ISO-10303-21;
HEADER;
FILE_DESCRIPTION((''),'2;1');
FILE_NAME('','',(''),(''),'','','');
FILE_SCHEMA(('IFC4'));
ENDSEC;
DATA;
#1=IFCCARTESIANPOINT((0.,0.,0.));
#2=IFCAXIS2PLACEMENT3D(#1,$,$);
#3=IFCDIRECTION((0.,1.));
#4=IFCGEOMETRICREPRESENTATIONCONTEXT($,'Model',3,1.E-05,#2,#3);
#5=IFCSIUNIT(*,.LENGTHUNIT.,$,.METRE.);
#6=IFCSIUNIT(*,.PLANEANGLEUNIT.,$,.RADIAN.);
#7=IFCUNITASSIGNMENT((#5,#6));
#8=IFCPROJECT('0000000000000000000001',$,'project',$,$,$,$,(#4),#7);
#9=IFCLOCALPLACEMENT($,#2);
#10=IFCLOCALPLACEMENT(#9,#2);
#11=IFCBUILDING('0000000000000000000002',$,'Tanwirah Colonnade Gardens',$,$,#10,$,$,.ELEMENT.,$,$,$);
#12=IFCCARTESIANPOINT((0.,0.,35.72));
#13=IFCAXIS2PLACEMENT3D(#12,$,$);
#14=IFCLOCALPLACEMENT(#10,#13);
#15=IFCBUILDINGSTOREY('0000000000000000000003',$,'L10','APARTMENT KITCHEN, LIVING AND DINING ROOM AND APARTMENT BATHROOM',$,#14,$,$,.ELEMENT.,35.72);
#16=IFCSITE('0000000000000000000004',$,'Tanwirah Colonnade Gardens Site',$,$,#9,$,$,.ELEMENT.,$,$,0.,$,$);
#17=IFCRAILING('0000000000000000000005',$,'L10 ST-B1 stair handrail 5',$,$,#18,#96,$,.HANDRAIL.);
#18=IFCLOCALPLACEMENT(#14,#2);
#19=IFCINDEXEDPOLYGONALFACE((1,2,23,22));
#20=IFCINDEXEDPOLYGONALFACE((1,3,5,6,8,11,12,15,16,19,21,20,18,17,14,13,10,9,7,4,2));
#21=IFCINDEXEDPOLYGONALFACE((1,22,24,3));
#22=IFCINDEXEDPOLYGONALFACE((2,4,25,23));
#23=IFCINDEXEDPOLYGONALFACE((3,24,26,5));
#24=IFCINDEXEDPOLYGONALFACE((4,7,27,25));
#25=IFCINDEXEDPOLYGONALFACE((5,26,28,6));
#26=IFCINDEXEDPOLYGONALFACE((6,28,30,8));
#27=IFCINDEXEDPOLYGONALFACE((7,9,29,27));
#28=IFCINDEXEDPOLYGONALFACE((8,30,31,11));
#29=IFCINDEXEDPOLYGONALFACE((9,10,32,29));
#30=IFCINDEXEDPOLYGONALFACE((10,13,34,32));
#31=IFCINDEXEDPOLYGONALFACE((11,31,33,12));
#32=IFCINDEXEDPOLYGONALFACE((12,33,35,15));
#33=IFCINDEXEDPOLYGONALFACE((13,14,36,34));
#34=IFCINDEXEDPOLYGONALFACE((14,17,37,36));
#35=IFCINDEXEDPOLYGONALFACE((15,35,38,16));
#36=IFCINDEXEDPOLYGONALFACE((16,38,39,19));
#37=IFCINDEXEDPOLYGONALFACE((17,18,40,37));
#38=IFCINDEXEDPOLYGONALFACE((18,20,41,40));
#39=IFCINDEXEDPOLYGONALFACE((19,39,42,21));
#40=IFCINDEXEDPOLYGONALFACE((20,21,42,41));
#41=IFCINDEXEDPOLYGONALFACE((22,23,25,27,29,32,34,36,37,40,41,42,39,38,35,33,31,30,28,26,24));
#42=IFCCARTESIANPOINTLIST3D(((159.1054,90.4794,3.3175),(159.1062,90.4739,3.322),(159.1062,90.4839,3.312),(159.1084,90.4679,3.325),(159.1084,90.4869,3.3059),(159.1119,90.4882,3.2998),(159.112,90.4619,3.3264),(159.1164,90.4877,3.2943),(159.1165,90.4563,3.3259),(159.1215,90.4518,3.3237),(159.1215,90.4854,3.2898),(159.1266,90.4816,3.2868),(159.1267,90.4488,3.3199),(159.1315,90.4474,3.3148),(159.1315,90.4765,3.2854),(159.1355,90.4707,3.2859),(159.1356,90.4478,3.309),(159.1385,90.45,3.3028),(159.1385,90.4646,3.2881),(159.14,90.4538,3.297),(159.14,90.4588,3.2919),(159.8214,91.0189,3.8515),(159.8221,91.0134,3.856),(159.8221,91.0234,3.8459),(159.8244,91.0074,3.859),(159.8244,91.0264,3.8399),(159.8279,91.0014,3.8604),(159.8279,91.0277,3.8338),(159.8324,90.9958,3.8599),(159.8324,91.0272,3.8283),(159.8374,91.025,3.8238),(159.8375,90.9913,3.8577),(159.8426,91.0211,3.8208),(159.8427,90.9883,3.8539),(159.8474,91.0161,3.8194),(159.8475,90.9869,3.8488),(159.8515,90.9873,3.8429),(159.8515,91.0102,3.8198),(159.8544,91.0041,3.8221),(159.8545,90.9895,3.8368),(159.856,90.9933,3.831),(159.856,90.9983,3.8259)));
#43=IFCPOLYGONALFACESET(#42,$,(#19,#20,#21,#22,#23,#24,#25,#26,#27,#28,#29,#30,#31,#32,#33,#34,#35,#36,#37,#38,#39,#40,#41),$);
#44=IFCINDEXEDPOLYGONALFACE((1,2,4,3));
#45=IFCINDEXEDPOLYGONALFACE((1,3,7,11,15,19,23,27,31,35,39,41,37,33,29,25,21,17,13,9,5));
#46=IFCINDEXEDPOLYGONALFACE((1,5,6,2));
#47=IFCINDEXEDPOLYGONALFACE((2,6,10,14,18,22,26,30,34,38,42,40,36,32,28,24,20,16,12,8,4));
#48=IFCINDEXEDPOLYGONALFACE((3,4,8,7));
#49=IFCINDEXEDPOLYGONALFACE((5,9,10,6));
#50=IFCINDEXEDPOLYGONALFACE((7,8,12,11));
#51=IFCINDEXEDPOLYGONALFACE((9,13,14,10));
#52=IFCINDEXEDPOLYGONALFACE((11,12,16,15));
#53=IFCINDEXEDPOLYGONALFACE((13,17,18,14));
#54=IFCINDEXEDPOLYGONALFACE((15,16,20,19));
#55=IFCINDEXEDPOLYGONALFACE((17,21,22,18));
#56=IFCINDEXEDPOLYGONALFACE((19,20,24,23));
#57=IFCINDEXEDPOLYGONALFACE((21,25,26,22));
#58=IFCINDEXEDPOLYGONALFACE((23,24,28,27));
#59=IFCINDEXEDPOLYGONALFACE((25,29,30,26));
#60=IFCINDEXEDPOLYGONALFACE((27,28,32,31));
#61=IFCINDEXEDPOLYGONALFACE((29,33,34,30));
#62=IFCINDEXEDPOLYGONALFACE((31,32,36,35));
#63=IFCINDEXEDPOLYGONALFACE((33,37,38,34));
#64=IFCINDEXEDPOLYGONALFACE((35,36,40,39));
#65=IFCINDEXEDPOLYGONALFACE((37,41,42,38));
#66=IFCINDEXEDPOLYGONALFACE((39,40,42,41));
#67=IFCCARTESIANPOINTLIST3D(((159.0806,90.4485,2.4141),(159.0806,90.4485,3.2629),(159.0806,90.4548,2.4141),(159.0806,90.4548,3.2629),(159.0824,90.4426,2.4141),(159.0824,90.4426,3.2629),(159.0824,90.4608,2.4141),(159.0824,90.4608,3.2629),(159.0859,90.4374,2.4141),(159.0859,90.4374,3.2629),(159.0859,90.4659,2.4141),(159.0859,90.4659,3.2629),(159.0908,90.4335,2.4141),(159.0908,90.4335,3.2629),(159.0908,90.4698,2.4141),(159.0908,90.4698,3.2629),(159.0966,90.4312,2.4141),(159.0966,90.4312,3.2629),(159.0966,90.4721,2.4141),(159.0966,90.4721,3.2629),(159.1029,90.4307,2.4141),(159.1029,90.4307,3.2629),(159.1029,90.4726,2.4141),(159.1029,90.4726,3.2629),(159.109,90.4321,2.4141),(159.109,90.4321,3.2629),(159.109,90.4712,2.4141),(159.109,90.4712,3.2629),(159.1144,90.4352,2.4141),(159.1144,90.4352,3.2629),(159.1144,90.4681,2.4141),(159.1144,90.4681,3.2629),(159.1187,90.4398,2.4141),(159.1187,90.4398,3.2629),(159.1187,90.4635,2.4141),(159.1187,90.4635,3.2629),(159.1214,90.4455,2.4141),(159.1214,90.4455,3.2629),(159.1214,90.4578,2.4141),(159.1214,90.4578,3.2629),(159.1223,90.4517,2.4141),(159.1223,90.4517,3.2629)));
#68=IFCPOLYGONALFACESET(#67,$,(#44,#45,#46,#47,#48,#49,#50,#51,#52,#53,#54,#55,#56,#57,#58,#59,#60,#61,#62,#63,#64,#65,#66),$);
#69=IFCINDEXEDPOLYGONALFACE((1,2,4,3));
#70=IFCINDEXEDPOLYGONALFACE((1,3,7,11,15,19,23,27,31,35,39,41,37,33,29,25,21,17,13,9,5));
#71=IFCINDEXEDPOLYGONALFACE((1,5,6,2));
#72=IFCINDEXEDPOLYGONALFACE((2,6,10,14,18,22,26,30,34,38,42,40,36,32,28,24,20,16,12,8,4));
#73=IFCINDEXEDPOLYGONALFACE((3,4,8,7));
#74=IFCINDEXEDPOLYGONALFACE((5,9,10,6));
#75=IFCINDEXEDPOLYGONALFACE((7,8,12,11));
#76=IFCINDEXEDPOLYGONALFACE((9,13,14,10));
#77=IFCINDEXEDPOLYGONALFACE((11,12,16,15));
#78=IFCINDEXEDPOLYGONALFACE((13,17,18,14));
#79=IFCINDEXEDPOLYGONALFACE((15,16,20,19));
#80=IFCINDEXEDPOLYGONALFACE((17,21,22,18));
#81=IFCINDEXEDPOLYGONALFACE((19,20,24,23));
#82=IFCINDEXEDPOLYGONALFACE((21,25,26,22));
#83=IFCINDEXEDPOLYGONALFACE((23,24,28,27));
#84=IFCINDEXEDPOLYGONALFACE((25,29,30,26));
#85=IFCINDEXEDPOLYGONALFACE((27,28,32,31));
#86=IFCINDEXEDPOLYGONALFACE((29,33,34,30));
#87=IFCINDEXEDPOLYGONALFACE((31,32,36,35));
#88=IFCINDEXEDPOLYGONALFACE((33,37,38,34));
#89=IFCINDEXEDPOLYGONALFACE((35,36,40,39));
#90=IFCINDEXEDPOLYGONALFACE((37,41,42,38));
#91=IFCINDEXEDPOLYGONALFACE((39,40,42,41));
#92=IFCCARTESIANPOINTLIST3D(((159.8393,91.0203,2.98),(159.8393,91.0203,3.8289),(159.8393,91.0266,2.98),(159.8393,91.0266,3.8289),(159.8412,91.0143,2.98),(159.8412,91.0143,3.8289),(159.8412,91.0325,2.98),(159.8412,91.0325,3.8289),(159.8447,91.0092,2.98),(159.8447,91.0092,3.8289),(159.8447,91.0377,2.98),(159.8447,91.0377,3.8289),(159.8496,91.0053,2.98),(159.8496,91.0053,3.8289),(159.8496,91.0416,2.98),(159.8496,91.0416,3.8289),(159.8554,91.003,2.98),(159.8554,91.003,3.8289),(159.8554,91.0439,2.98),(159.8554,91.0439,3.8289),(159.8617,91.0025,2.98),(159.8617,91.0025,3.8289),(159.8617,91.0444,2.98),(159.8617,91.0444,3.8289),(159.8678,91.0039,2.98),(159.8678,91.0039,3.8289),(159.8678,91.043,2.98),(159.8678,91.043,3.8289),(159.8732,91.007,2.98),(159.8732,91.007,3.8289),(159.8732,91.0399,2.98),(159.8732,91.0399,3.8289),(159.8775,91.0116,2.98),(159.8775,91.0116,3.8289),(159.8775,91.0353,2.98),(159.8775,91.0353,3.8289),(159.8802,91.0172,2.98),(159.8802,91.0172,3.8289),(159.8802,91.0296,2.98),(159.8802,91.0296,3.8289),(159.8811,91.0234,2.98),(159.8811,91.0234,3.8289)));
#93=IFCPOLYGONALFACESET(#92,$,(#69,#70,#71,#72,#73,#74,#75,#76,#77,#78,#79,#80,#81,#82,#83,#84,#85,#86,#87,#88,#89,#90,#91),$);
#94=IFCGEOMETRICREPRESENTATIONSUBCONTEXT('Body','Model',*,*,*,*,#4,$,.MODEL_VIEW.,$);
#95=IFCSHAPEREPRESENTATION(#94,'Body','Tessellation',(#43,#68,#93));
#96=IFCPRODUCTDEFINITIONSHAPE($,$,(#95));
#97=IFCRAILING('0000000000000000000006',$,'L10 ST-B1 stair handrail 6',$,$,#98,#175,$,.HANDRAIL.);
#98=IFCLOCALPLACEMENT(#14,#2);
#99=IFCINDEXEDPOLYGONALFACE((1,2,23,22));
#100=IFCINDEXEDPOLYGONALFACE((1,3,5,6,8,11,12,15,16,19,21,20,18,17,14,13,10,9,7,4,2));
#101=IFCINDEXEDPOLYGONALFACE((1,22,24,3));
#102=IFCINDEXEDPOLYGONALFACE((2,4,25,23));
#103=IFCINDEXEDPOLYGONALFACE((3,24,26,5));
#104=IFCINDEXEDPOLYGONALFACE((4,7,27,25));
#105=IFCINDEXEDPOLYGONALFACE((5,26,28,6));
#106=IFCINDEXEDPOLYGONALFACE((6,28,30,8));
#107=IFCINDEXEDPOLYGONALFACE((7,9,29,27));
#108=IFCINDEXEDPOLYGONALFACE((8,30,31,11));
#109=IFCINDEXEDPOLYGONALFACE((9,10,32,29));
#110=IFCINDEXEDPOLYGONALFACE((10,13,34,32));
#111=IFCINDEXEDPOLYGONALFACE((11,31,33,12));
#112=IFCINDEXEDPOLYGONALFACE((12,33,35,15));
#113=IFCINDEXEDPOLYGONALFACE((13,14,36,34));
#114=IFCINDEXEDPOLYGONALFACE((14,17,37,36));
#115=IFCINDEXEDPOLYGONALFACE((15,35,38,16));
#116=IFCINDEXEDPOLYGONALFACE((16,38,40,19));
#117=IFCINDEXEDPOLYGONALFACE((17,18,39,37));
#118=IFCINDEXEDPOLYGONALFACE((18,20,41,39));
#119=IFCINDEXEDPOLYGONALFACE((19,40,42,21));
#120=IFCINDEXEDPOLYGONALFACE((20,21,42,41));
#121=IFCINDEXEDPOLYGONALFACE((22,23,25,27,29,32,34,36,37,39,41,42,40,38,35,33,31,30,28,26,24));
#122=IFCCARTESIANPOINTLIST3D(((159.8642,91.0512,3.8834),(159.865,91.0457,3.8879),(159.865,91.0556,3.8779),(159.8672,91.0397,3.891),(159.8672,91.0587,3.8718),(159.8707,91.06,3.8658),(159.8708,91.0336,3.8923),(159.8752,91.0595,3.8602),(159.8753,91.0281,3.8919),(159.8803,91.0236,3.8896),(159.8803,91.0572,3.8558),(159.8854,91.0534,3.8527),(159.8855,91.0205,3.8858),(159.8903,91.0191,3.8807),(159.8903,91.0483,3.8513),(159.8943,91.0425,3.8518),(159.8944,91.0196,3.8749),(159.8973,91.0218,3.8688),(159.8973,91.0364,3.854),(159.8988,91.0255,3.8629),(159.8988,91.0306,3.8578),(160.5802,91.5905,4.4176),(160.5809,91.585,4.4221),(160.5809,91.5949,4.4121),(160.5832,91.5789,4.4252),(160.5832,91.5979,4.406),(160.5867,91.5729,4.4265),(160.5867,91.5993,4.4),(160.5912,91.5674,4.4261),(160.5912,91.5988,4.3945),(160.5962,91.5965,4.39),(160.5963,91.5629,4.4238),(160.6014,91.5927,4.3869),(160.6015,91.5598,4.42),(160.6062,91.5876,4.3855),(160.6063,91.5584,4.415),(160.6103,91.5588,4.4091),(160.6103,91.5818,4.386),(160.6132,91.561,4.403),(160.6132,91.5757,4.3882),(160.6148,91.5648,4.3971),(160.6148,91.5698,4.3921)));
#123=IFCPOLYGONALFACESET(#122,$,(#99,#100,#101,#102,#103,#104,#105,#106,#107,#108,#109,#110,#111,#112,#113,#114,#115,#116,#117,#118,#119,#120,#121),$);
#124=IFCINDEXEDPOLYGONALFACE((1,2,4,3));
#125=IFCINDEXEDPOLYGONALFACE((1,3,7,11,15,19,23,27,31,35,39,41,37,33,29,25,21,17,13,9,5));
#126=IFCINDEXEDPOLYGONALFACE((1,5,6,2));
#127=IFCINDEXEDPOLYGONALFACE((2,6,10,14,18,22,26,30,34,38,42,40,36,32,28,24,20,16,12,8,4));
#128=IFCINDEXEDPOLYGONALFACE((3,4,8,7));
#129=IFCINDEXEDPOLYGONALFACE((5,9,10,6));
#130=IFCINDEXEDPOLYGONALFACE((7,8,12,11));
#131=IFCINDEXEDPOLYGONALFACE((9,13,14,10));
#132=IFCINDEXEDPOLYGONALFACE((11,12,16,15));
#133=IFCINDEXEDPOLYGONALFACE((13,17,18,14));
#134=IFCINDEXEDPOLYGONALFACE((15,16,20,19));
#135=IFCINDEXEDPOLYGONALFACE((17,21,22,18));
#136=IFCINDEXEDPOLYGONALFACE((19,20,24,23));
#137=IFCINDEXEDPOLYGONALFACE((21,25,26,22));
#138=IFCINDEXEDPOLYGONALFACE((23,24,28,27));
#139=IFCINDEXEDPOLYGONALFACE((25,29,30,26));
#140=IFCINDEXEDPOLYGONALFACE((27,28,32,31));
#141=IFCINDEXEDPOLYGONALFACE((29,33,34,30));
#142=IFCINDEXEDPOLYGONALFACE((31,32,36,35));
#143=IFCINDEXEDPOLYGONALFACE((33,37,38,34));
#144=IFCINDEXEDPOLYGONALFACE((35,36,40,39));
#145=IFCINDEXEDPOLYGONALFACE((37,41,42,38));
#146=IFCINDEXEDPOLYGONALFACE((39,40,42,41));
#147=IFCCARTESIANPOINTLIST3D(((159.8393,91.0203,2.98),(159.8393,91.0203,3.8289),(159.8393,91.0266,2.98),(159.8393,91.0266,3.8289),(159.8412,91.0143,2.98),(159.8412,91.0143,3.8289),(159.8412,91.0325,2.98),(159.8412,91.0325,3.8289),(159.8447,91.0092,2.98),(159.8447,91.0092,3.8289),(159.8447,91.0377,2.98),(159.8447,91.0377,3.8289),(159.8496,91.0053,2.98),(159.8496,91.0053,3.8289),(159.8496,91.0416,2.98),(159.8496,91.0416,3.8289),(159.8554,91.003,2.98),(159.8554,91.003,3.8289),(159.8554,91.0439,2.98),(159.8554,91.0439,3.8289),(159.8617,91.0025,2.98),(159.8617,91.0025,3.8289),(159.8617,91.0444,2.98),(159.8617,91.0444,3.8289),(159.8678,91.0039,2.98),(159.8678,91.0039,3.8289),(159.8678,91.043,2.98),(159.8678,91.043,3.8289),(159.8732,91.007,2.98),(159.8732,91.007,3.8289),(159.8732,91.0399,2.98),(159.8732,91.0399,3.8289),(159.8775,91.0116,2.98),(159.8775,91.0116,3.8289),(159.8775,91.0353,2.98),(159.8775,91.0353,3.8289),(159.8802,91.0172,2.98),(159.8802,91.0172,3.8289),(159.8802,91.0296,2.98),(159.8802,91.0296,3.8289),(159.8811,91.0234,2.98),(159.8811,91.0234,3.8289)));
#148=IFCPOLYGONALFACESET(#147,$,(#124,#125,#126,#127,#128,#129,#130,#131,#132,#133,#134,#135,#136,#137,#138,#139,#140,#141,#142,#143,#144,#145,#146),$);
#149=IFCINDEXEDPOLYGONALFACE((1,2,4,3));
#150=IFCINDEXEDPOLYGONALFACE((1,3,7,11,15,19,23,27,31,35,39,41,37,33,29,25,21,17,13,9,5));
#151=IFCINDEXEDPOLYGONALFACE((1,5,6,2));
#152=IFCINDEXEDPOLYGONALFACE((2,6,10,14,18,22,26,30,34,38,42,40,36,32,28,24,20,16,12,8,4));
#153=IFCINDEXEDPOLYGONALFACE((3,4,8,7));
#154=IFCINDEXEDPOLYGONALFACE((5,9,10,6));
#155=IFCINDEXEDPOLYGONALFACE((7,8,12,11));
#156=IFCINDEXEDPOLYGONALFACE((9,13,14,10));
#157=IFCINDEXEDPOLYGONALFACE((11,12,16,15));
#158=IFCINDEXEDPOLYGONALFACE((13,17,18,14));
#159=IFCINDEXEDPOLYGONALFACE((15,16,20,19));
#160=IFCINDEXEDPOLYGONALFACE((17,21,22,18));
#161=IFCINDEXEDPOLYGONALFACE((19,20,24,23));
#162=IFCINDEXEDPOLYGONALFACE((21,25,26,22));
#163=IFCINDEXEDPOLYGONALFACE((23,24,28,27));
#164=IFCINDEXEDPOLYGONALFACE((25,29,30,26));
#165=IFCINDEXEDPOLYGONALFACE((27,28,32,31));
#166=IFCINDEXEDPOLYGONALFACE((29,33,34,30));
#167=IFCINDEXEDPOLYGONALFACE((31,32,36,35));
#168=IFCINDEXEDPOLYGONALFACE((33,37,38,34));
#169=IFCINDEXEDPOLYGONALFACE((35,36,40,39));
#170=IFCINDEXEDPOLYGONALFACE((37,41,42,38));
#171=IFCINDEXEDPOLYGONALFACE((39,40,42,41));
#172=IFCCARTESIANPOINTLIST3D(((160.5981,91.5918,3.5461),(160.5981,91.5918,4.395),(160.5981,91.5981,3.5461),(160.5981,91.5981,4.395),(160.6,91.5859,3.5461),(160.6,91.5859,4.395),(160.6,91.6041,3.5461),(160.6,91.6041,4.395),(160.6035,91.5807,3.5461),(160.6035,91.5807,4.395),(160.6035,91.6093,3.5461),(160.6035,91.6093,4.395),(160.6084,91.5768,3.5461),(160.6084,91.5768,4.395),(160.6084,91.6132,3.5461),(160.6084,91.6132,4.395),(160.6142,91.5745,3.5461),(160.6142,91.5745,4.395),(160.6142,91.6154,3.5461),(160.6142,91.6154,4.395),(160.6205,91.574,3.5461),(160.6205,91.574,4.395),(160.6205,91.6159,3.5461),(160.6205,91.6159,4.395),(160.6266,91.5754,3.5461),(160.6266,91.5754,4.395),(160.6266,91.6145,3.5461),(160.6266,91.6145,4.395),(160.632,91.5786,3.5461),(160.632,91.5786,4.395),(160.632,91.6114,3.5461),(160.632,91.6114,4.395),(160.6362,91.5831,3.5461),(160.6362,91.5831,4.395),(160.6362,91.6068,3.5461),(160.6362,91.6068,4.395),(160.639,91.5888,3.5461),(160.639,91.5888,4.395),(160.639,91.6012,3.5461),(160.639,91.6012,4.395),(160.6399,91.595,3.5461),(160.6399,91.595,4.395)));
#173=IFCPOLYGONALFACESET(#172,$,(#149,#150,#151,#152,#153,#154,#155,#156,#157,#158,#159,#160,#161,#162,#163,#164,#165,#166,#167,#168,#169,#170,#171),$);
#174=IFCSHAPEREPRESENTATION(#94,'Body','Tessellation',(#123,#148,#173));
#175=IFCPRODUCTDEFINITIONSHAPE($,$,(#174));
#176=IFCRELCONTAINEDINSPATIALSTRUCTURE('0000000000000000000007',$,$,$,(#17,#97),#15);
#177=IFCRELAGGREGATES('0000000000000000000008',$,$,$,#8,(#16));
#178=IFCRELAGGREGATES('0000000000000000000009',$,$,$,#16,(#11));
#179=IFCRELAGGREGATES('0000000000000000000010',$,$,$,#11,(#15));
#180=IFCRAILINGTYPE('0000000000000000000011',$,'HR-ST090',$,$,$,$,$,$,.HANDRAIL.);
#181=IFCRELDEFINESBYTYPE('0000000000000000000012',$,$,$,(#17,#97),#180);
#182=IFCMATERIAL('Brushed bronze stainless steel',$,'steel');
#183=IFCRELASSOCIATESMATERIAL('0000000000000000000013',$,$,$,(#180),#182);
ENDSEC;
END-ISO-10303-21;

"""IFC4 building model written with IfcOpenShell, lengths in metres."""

from ifc_helpers import new_model, si_unit, direction, frame, origin, origin_2d, place, context, subcontext, project, spatial, circle, extrude, material, type_object, element, save


model = new_model("IFC4")

# Units and contexts
model_context = context("Model", 3, precision=1e-05, world=origin(), true_north=direction((0.0, 1.0)))
body_context = subcontext(model_context, "Body", "Model", "MODEL_VIEW")
ifc_project = project(units=[si_unit("LENGTHUNIT", "METRE"), si_unit("PLANEANGLEUNIT", "RADIAN")], contexts=[model_context])

# Site, building, storey
site_placement = place(None, origin())
site = spatial("IfcSite", under=ifc_project, at=site_placement, Name="Tanwirah Colonnade Gardens Site", CompositionType="ELEMENT", RefElevation=0.0)
building_placement = place(site_placement, origin())
building = spatial("IfcBuilding", under=site, at=building_placement, Name="Tanwirah Colonnade Gardens", CompositionType="ELEMENT")
storey_placement = place(building_placement, frame((0.0, 0.0, 35.72)))
storey = spatial("IfcBuildingStorey", under=building, at=storey_placement, Name="L10", Description="APARTMENT KITCHEN, LIVING AND DINING ROOM AND APARTMENT BATHROOM", CompositionType="ELEMENT", Elevation=35.72)

# Railings
ifc_material_1 = material(Name="Brushed bronze stainless steel", Category="steel")
railing_type_1 = type_object("IfcRailingType", Name="HR-ST090", PredefinedType="HANDRAIL", material=ifc_material_1)
railing_1_placement = place(storey_placement, frame((159.1013, 90.4517, 2.4141)))
element("IfcRailing", 1, at=railing_1_placement, inside=storey, type_object=railing_type_1, Name="L10 ST-B1 stair handrail 5", PredefinedType="HANDRAIL", context=body_context, shape_type="SweptSolid", body=[
    extrude(circle(Radius=0.0239, at=origin_2d()), frame((0.0215, 0.0161, 0.8918), z_axis=(0.686145, 0.517037, 0.511739), x_axis=(-0.601807, 0.798641, 0.0)), (0.0, 0.0, 1.0), 1.0435),
    extrude(circle(Radius=0.021, at=origin_2d()), origin(), (0.0, 0.0, 1.0), 0.8489),
    extrude(circle(Radius=0.021, at=origin_2d()), frame((0.7588, 0.5718, 0.5659)), (0.0, 0.0, 1.0), 0.8489),
])
railing_2_placement = place(storey_placement, frame((159.8601, 91.0234, 2.98)))
element("IfcRailing", 2, at=railing_2_placement, inside=storey, type_object=railing_type_1, Name="L10 ST-B1 stair handrail 6", PredefinedType="HANDRAIL", context=body_context, shape_type="SweptSolid", body=[
    extrude(circle(Radius=0.0239, at=origin_2d()), frame((0.0215, 0.0161, 0.8918), z_axis=(0.686146, 0.516817, 0.51196), x_axis=(-0.601644, 0.798765, 0.0)), (0.0, 0.0, 1.0), 1.0435),
    extrude(circle(Radius=0.021, at=origin_2d()), origin(), (0.0, 0.0, 1.0), 0.8489),
    extrude(circle(Radius=0.021, at=origin_2d()), frame((0.7588, 0.5715, 0.5662)), (0.0, 0.0, 1.0), 0.8489),
])

save(model, "model.ifc")
